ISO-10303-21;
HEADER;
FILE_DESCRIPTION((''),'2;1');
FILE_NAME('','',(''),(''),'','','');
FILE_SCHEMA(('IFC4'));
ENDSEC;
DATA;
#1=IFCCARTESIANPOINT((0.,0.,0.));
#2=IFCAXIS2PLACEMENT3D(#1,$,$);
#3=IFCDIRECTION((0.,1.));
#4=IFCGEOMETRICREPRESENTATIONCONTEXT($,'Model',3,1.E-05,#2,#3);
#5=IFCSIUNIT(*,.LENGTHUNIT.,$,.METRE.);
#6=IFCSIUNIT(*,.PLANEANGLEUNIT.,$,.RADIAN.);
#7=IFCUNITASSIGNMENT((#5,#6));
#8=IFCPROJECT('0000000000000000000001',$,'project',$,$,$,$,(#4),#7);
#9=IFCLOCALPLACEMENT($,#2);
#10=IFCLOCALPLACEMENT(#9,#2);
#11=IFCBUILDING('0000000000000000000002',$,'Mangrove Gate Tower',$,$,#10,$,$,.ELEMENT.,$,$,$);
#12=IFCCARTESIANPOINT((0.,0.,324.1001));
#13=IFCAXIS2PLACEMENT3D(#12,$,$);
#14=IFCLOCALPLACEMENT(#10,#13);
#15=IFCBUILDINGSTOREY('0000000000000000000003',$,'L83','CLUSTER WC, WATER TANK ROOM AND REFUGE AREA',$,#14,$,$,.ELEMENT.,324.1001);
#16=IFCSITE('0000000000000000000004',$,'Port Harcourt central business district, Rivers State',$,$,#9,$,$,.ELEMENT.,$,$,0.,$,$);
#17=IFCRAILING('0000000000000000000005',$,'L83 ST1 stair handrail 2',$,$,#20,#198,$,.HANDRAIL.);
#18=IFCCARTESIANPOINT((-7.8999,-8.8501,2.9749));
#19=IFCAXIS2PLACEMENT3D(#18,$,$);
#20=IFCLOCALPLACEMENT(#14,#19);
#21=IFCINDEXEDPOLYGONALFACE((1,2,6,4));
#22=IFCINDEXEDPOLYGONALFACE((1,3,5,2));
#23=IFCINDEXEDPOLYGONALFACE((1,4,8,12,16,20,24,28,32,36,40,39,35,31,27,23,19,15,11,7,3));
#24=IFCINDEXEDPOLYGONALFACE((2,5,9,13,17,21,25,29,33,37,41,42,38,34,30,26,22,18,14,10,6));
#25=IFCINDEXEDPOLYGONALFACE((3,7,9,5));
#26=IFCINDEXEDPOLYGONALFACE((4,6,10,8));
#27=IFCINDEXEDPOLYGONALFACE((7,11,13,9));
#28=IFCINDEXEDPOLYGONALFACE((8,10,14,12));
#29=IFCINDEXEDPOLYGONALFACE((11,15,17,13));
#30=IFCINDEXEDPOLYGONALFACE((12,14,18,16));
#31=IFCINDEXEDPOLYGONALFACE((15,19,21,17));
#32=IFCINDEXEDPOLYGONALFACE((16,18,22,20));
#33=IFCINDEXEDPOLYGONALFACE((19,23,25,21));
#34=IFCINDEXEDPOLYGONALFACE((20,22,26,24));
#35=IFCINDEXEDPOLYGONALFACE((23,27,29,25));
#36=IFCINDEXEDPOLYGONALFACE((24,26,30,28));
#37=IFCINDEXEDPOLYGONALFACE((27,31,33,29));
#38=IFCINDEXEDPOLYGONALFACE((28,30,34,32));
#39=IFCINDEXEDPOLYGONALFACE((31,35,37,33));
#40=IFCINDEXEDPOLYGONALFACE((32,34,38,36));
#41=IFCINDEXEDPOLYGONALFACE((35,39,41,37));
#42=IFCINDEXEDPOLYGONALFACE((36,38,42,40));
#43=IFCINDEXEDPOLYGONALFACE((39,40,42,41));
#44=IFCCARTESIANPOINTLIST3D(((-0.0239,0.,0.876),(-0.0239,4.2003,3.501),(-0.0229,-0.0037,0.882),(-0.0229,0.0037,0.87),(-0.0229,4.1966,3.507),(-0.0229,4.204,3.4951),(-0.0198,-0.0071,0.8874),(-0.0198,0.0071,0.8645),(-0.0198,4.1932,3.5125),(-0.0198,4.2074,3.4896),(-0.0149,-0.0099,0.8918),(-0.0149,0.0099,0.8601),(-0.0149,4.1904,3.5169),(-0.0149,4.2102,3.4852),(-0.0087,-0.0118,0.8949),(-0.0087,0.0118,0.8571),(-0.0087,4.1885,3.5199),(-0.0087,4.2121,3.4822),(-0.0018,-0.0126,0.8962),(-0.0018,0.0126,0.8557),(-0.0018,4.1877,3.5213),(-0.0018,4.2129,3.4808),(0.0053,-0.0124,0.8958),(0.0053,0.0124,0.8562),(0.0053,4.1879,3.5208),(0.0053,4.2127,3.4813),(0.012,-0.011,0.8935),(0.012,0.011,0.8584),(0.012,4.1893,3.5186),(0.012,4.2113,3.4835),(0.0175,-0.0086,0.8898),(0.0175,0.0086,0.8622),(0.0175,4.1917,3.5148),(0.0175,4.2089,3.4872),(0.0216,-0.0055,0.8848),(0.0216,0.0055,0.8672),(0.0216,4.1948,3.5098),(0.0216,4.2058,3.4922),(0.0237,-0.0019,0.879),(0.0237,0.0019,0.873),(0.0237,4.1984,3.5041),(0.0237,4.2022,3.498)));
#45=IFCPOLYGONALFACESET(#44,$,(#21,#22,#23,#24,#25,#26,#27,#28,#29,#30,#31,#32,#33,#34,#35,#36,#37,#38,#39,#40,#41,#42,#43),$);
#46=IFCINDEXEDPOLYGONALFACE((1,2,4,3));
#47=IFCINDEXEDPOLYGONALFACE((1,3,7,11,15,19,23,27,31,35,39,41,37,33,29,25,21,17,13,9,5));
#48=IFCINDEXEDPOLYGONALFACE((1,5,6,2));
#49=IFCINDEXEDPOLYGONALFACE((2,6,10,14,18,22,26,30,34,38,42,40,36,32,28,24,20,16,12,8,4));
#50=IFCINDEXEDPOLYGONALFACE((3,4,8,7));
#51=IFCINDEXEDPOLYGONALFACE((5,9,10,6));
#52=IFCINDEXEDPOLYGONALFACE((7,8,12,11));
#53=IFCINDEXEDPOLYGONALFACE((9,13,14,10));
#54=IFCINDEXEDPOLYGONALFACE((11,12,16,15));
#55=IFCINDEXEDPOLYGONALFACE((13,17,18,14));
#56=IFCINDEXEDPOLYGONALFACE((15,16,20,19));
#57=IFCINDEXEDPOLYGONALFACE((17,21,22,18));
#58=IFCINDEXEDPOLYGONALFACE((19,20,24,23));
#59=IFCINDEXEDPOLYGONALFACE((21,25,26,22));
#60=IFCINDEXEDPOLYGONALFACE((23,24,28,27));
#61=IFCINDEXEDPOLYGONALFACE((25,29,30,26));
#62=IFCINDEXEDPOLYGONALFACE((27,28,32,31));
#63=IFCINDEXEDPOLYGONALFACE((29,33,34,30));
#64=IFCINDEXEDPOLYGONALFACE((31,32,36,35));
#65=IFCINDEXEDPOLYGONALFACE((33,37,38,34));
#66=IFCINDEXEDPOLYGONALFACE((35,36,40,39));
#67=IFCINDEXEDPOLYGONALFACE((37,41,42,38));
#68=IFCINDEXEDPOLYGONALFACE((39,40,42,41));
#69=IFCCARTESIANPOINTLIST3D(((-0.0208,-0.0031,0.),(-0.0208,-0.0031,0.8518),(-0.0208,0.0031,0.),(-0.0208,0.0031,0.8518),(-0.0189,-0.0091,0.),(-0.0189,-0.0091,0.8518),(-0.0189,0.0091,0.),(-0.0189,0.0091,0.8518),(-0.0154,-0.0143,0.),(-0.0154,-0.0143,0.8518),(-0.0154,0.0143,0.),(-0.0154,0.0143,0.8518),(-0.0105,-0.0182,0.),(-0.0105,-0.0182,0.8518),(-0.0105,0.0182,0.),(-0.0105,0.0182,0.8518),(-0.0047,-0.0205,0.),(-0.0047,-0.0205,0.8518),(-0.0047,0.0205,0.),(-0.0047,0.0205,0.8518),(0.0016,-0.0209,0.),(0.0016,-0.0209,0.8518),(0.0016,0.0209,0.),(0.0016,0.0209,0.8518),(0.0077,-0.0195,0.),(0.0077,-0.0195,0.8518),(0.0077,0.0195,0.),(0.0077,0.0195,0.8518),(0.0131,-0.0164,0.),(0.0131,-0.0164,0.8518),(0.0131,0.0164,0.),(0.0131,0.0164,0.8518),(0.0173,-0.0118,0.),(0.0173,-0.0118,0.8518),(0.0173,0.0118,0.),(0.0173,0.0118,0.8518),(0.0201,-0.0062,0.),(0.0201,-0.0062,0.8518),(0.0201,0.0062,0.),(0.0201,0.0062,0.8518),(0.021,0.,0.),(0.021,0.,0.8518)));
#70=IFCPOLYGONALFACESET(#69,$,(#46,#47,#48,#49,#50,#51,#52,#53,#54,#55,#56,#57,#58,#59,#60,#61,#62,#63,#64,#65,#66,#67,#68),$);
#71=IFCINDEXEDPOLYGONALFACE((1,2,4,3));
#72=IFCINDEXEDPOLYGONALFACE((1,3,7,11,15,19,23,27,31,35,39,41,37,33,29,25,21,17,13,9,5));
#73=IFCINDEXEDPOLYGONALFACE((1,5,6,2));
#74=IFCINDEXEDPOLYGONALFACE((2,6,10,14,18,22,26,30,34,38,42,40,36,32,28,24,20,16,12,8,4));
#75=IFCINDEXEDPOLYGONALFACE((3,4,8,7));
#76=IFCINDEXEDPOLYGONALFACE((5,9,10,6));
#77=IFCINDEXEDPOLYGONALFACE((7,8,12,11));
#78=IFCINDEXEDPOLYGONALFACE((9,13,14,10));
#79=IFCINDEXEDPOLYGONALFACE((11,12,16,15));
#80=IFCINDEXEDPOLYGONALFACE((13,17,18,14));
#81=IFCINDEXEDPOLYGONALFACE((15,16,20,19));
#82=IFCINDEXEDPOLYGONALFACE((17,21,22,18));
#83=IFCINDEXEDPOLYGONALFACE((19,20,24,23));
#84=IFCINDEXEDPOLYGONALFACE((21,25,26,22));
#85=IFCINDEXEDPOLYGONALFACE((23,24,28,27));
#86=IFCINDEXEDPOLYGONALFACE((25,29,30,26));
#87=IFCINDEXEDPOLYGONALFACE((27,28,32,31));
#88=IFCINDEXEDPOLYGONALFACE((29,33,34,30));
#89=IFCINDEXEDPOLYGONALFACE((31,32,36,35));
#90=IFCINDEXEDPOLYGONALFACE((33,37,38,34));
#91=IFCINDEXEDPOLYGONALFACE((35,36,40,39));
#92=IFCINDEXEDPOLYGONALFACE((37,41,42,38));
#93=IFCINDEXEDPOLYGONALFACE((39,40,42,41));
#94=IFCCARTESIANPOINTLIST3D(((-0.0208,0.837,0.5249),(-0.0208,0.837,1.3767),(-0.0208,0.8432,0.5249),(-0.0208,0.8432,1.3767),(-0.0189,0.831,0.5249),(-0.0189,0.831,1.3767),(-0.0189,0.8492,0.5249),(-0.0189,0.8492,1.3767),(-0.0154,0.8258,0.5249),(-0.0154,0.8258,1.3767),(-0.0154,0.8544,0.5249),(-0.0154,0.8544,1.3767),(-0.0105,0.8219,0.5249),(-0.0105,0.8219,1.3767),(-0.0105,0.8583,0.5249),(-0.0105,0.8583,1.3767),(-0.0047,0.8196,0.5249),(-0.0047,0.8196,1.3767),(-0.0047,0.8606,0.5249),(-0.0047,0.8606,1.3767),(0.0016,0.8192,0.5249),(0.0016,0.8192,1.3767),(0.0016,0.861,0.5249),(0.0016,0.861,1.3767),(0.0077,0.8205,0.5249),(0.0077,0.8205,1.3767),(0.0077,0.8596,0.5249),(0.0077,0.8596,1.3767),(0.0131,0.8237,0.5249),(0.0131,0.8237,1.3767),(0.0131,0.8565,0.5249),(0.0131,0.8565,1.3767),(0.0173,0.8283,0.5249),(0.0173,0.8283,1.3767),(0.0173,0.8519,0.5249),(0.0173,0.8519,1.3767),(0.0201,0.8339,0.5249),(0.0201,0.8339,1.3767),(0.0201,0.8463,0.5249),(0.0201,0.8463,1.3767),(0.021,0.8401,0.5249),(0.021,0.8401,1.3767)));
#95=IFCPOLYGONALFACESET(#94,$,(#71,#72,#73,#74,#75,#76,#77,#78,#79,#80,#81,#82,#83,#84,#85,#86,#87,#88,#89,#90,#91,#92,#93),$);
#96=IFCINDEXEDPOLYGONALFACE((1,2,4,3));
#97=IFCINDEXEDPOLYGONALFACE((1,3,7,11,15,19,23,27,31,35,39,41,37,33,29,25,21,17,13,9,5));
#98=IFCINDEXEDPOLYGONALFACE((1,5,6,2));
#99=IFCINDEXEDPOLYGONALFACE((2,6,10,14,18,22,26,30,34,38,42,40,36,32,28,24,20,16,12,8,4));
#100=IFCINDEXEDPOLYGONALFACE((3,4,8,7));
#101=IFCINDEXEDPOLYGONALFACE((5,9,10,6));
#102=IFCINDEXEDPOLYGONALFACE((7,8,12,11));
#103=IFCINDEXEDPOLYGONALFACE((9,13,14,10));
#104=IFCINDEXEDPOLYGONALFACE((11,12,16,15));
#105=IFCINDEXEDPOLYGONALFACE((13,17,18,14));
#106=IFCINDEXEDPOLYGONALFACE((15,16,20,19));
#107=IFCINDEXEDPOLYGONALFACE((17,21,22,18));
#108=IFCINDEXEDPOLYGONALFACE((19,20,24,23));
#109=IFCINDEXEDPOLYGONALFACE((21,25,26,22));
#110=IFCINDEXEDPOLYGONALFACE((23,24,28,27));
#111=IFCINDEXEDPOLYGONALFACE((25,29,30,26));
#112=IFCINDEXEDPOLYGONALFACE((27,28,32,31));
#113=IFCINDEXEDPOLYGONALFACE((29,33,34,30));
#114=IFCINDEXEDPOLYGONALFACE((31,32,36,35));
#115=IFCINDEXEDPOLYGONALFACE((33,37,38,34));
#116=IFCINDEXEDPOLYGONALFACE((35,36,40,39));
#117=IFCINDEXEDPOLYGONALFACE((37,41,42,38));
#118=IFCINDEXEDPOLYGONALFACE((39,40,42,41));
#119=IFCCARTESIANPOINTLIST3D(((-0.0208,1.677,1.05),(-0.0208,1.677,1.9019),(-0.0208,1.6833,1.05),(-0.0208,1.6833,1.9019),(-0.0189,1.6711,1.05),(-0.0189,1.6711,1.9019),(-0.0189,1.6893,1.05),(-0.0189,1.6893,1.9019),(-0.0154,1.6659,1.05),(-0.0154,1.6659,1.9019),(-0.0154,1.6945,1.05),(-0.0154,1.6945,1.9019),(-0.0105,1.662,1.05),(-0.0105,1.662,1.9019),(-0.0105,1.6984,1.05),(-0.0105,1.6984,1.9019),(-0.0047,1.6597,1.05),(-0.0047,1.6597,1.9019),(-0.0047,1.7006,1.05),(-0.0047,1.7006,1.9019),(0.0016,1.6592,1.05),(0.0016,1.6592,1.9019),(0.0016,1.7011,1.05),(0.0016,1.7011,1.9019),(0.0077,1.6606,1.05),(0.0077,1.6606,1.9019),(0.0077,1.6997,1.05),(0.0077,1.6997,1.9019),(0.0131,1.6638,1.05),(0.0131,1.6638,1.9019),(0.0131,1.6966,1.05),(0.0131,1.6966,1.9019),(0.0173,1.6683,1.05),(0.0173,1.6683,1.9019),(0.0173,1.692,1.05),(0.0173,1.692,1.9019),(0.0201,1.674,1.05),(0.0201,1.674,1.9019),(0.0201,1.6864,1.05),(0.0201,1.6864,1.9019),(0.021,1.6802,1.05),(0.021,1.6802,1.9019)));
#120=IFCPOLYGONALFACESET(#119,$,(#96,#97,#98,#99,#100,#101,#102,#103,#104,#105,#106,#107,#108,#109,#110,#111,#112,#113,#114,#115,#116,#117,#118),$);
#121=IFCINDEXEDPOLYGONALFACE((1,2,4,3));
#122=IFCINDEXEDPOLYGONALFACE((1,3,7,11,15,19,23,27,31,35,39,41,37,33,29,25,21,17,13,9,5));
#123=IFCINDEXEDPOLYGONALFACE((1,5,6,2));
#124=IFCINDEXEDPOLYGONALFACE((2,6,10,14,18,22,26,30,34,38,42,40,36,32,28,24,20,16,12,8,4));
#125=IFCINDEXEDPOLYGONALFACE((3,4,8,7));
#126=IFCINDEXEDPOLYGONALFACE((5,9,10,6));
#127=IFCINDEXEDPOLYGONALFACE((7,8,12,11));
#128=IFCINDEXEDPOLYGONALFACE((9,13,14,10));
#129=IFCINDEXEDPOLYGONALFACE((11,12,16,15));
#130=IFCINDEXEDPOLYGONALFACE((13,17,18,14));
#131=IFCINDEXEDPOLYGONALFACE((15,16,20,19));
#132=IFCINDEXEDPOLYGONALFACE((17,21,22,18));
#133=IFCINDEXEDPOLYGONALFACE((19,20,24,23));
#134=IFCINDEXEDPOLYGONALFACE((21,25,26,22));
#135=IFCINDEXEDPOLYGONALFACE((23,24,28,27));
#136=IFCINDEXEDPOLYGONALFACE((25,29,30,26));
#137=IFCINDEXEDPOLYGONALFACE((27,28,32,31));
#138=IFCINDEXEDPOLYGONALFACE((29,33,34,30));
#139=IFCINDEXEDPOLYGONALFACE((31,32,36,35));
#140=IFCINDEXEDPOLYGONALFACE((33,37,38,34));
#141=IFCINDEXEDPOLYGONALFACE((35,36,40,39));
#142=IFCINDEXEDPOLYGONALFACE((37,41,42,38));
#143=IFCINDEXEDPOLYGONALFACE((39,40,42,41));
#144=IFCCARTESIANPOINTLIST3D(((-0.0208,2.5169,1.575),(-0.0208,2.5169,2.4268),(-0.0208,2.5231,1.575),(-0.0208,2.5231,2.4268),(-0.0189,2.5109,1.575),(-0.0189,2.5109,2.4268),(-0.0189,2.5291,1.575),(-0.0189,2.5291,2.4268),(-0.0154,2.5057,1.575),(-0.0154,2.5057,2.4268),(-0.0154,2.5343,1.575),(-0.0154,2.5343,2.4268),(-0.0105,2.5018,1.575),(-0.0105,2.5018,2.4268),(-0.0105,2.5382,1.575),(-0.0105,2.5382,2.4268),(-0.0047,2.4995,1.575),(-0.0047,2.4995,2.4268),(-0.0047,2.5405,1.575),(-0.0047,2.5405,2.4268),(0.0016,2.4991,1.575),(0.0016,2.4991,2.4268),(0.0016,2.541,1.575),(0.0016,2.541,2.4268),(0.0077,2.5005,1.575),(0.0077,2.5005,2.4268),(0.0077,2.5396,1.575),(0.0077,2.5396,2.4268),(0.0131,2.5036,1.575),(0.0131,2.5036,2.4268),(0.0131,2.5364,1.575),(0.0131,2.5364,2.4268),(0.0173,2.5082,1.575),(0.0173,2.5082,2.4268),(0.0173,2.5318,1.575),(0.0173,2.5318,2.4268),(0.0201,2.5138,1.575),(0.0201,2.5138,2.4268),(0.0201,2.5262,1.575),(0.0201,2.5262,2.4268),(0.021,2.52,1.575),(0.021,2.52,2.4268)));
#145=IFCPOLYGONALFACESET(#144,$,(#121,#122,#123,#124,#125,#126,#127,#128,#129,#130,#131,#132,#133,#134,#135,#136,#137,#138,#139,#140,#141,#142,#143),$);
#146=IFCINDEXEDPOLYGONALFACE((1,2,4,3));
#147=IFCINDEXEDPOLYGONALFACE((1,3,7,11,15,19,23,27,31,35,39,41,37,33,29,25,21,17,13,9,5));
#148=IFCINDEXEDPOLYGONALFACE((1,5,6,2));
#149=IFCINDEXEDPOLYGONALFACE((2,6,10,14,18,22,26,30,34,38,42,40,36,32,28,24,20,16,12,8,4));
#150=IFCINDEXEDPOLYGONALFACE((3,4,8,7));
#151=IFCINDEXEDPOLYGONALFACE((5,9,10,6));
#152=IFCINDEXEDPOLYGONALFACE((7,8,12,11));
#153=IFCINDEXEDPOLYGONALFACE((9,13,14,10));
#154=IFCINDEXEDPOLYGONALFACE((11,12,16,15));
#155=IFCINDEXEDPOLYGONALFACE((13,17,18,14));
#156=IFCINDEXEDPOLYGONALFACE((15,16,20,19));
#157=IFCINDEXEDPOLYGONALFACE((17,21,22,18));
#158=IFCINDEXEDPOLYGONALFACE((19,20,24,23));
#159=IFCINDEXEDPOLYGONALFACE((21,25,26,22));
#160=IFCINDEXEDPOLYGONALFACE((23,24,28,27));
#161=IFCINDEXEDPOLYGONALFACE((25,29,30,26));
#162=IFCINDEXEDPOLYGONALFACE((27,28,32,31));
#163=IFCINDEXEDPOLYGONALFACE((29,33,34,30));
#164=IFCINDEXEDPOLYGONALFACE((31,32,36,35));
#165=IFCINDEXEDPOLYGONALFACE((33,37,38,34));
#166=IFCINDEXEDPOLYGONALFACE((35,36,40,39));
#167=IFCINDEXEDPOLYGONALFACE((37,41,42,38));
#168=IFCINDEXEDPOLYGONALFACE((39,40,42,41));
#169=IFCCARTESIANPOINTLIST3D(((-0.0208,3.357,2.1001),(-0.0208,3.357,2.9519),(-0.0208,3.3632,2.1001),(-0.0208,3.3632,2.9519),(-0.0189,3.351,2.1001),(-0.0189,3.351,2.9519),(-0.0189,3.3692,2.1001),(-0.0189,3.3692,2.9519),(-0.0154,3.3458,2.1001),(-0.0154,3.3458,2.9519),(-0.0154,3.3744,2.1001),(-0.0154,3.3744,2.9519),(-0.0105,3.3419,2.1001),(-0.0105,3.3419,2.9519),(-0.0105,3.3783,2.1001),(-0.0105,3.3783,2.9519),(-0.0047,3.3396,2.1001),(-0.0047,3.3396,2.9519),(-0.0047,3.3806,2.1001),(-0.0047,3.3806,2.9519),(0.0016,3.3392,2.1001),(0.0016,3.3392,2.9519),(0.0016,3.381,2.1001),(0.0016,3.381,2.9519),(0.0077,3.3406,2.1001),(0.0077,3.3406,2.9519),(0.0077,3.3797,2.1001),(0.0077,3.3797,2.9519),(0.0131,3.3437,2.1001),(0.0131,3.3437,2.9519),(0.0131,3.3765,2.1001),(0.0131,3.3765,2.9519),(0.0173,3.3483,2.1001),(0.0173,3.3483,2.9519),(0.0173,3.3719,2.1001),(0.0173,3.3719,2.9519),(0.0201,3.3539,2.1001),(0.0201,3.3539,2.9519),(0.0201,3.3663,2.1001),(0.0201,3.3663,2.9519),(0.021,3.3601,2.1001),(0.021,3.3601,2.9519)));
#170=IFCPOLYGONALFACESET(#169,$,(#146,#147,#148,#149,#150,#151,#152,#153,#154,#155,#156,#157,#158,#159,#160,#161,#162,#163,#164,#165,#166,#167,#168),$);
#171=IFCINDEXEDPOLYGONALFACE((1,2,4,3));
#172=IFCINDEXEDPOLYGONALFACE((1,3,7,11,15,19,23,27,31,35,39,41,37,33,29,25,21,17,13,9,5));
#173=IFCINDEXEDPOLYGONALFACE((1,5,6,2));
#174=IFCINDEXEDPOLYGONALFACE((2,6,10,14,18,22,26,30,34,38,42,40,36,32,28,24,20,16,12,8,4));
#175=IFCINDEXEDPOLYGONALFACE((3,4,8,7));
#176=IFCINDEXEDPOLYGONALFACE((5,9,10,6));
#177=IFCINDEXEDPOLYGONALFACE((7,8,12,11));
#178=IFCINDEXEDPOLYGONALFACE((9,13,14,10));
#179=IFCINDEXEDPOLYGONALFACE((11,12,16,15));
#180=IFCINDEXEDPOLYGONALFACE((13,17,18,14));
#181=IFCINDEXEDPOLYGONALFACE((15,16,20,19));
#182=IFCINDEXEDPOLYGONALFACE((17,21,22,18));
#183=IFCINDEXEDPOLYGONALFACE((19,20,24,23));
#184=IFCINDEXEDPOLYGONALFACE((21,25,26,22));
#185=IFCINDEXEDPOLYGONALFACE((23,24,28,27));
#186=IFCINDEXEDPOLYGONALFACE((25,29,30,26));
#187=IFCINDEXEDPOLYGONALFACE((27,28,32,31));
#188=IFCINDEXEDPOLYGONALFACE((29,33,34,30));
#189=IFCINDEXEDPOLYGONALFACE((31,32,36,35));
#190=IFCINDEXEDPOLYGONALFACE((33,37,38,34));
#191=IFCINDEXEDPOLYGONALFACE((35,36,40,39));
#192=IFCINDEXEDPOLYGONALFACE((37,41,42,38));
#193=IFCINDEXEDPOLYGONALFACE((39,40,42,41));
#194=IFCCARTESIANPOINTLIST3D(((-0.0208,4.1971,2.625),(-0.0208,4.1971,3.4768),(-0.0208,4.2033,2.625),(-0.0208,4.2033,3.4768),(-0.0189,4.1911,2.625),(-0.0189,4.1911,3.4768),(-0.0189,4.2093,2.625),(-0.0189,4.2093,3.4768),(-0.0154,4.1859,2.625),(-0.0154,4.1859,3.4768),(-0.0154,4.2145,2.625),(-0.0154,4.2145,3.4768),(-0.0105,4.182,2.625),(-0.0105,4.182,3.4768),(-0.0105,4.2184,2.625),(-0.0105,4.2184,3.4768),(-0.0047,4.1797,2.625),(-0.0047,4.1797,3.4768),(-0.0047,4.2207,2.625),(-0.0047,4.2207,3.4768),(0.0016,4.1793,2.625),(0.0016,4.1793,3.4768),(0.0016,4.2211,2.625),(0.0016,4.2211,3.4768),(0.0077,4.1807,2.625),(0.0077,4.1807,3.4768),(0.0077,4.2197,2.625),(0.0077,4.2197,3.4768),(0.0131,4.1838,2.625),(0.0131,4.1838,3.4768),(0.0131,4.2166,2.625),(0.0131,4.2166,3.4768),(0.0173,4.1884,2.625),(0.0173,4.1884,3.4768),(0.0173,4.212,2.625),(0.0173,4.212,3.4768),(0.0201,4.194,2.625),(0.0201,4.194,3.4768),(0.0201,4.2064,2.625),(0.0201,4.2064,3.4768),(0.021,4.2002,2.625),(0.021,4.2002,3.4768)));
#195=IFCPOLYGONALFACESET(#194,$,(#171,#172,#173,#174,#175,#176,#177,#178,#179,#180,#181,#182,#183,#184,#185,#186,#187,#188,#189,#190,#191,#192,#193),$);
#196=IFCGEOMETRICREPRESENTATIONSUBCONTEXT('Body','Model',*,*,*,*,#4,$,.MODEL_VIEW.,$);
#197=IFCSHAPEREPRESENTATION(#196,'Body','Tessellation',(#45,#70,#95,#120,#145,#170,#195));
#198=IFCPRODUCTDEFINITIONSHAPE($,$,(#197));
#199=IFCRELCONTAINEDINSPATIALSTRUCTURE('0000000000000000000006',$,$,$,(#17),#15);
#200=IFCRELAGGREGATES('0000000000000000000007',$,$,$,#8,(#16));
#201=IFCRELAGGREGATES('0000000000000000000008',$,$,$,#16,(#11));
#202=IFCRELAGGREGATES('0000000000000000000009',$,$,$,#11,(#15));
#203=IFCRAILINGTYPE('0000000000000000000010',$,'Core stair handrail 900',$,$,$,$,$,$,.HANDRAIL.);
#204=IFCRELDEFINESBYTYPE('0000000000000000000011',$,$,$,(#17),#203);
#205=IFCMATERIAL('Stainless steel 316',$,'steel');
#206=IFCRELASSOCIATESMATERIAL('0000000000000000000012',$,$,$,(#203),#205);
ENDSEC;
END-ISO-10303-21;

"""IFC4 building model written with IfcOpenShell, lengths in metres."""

from ifc_helpers import new_model, si_unit, direction, frame, origin, origin_2d, place, context, subcontext, project, spatial, circle, extrude, material, type_object, element, save


model = new_model("IFC4")

# Units and contexts
model_context = context("Model", 3, precision=1e-05, world=origin(), true_north=direction((0.0, 1.0)))
body_context = subcontext(model_context, "Body", "Model", "MODEL_VIEW")
ifc_project = project(units=[si_unit("LENGTHUNIT", "METRE"), si_unit("PLANEANGLEUNIT", "RADIAN")], contexts=[model_context])

# Site, building, storey
site_placement = place(None, origin())
site = spatial("IfcSite", under=ifc_project, at=site_placement, Name="Port Harcourt central business district, Rivers State", CompositionType="ELEMENT", RefElevation=0.0)
building_placement = place(site_placement, origin())
building = spatial("IfcBuilding", under=site, at=building_placement, Name="Mangrove Gate Tower", CompositionType="ELEMENT")
storey_placement = place(building_placement, frame((0.0, 0.0, 324.1001)))
storey = spatial("IfcBuildingStorey", under=building, at=storey_placement, Name="L83", Description="CLUSTER WC, WATER TANK ROOM AND REFUGE AREA", CompositionType="ELEMENT", Elevation=324.1001)

# Railing
ifc_material_1 = material(Name="Stainless steel 316", Category="steel")
railing_type_1 = type_object("IfcRailingType", Name="Core stair handrail 900", PredefinedType="HANDRAIL", material=ifc_material_1)
railing_1_placement = place(storey_placement, frame((-7.8999, -8.8501, 2.9749)))
element("IfcRailing", 1, at=railing_1_placement, inside=storey, type_object=railing_type_1, Name="L83 ST1 stair handrail 2", PredefinedType="HANDRAIL", context=body_context, shape_type="SweptSolid", body=[
    extrude(circle(Radius=0.0239, at=origin_2d()), frame((0.0, 0.0, 0.876), z_axis=(0.0, 0.848009, 0.529981), x_axis=(-1.0, 0.0, 0.0)), (0.0, 0.0, 1.0), 4.9531),
    extrude(circle(Radius=0.021, at=origin_2d()), origin(), (0.0, 0.0, 1.0), 0.8518),
    extrude(circle(Radius=0.021, at=origin_2d()), frame((0.0, 0.8401, 0.5249)), (0.0, 0.0, 1.0), 0.8518),
    extrude(circle(Radius=0.021, at=origin_2d()), frame((0.0, 1.6802, 1.05)), (0.0, 0.0, 1.0), 0.8518),
    extrude(circle(Radius=0.021, at=origin_2d()), frame((0.0, 2.52, 1.575)), (0.0, 0.0, 1.0), 0.8518),
    extrude(circle(Radius=0.021, at=origin_2d()), frame((0.0, 3.3601, 2.1001)), (0.0, 0.0, 1.0), 0.8518),
    extrude(circle(Radius=0.021, at=origin_2d()), frame((0.0, 4.2002, 2.625)), (0.0, 0.0, 1.0), 0.8518),
])

save(model, "model.ifc")
